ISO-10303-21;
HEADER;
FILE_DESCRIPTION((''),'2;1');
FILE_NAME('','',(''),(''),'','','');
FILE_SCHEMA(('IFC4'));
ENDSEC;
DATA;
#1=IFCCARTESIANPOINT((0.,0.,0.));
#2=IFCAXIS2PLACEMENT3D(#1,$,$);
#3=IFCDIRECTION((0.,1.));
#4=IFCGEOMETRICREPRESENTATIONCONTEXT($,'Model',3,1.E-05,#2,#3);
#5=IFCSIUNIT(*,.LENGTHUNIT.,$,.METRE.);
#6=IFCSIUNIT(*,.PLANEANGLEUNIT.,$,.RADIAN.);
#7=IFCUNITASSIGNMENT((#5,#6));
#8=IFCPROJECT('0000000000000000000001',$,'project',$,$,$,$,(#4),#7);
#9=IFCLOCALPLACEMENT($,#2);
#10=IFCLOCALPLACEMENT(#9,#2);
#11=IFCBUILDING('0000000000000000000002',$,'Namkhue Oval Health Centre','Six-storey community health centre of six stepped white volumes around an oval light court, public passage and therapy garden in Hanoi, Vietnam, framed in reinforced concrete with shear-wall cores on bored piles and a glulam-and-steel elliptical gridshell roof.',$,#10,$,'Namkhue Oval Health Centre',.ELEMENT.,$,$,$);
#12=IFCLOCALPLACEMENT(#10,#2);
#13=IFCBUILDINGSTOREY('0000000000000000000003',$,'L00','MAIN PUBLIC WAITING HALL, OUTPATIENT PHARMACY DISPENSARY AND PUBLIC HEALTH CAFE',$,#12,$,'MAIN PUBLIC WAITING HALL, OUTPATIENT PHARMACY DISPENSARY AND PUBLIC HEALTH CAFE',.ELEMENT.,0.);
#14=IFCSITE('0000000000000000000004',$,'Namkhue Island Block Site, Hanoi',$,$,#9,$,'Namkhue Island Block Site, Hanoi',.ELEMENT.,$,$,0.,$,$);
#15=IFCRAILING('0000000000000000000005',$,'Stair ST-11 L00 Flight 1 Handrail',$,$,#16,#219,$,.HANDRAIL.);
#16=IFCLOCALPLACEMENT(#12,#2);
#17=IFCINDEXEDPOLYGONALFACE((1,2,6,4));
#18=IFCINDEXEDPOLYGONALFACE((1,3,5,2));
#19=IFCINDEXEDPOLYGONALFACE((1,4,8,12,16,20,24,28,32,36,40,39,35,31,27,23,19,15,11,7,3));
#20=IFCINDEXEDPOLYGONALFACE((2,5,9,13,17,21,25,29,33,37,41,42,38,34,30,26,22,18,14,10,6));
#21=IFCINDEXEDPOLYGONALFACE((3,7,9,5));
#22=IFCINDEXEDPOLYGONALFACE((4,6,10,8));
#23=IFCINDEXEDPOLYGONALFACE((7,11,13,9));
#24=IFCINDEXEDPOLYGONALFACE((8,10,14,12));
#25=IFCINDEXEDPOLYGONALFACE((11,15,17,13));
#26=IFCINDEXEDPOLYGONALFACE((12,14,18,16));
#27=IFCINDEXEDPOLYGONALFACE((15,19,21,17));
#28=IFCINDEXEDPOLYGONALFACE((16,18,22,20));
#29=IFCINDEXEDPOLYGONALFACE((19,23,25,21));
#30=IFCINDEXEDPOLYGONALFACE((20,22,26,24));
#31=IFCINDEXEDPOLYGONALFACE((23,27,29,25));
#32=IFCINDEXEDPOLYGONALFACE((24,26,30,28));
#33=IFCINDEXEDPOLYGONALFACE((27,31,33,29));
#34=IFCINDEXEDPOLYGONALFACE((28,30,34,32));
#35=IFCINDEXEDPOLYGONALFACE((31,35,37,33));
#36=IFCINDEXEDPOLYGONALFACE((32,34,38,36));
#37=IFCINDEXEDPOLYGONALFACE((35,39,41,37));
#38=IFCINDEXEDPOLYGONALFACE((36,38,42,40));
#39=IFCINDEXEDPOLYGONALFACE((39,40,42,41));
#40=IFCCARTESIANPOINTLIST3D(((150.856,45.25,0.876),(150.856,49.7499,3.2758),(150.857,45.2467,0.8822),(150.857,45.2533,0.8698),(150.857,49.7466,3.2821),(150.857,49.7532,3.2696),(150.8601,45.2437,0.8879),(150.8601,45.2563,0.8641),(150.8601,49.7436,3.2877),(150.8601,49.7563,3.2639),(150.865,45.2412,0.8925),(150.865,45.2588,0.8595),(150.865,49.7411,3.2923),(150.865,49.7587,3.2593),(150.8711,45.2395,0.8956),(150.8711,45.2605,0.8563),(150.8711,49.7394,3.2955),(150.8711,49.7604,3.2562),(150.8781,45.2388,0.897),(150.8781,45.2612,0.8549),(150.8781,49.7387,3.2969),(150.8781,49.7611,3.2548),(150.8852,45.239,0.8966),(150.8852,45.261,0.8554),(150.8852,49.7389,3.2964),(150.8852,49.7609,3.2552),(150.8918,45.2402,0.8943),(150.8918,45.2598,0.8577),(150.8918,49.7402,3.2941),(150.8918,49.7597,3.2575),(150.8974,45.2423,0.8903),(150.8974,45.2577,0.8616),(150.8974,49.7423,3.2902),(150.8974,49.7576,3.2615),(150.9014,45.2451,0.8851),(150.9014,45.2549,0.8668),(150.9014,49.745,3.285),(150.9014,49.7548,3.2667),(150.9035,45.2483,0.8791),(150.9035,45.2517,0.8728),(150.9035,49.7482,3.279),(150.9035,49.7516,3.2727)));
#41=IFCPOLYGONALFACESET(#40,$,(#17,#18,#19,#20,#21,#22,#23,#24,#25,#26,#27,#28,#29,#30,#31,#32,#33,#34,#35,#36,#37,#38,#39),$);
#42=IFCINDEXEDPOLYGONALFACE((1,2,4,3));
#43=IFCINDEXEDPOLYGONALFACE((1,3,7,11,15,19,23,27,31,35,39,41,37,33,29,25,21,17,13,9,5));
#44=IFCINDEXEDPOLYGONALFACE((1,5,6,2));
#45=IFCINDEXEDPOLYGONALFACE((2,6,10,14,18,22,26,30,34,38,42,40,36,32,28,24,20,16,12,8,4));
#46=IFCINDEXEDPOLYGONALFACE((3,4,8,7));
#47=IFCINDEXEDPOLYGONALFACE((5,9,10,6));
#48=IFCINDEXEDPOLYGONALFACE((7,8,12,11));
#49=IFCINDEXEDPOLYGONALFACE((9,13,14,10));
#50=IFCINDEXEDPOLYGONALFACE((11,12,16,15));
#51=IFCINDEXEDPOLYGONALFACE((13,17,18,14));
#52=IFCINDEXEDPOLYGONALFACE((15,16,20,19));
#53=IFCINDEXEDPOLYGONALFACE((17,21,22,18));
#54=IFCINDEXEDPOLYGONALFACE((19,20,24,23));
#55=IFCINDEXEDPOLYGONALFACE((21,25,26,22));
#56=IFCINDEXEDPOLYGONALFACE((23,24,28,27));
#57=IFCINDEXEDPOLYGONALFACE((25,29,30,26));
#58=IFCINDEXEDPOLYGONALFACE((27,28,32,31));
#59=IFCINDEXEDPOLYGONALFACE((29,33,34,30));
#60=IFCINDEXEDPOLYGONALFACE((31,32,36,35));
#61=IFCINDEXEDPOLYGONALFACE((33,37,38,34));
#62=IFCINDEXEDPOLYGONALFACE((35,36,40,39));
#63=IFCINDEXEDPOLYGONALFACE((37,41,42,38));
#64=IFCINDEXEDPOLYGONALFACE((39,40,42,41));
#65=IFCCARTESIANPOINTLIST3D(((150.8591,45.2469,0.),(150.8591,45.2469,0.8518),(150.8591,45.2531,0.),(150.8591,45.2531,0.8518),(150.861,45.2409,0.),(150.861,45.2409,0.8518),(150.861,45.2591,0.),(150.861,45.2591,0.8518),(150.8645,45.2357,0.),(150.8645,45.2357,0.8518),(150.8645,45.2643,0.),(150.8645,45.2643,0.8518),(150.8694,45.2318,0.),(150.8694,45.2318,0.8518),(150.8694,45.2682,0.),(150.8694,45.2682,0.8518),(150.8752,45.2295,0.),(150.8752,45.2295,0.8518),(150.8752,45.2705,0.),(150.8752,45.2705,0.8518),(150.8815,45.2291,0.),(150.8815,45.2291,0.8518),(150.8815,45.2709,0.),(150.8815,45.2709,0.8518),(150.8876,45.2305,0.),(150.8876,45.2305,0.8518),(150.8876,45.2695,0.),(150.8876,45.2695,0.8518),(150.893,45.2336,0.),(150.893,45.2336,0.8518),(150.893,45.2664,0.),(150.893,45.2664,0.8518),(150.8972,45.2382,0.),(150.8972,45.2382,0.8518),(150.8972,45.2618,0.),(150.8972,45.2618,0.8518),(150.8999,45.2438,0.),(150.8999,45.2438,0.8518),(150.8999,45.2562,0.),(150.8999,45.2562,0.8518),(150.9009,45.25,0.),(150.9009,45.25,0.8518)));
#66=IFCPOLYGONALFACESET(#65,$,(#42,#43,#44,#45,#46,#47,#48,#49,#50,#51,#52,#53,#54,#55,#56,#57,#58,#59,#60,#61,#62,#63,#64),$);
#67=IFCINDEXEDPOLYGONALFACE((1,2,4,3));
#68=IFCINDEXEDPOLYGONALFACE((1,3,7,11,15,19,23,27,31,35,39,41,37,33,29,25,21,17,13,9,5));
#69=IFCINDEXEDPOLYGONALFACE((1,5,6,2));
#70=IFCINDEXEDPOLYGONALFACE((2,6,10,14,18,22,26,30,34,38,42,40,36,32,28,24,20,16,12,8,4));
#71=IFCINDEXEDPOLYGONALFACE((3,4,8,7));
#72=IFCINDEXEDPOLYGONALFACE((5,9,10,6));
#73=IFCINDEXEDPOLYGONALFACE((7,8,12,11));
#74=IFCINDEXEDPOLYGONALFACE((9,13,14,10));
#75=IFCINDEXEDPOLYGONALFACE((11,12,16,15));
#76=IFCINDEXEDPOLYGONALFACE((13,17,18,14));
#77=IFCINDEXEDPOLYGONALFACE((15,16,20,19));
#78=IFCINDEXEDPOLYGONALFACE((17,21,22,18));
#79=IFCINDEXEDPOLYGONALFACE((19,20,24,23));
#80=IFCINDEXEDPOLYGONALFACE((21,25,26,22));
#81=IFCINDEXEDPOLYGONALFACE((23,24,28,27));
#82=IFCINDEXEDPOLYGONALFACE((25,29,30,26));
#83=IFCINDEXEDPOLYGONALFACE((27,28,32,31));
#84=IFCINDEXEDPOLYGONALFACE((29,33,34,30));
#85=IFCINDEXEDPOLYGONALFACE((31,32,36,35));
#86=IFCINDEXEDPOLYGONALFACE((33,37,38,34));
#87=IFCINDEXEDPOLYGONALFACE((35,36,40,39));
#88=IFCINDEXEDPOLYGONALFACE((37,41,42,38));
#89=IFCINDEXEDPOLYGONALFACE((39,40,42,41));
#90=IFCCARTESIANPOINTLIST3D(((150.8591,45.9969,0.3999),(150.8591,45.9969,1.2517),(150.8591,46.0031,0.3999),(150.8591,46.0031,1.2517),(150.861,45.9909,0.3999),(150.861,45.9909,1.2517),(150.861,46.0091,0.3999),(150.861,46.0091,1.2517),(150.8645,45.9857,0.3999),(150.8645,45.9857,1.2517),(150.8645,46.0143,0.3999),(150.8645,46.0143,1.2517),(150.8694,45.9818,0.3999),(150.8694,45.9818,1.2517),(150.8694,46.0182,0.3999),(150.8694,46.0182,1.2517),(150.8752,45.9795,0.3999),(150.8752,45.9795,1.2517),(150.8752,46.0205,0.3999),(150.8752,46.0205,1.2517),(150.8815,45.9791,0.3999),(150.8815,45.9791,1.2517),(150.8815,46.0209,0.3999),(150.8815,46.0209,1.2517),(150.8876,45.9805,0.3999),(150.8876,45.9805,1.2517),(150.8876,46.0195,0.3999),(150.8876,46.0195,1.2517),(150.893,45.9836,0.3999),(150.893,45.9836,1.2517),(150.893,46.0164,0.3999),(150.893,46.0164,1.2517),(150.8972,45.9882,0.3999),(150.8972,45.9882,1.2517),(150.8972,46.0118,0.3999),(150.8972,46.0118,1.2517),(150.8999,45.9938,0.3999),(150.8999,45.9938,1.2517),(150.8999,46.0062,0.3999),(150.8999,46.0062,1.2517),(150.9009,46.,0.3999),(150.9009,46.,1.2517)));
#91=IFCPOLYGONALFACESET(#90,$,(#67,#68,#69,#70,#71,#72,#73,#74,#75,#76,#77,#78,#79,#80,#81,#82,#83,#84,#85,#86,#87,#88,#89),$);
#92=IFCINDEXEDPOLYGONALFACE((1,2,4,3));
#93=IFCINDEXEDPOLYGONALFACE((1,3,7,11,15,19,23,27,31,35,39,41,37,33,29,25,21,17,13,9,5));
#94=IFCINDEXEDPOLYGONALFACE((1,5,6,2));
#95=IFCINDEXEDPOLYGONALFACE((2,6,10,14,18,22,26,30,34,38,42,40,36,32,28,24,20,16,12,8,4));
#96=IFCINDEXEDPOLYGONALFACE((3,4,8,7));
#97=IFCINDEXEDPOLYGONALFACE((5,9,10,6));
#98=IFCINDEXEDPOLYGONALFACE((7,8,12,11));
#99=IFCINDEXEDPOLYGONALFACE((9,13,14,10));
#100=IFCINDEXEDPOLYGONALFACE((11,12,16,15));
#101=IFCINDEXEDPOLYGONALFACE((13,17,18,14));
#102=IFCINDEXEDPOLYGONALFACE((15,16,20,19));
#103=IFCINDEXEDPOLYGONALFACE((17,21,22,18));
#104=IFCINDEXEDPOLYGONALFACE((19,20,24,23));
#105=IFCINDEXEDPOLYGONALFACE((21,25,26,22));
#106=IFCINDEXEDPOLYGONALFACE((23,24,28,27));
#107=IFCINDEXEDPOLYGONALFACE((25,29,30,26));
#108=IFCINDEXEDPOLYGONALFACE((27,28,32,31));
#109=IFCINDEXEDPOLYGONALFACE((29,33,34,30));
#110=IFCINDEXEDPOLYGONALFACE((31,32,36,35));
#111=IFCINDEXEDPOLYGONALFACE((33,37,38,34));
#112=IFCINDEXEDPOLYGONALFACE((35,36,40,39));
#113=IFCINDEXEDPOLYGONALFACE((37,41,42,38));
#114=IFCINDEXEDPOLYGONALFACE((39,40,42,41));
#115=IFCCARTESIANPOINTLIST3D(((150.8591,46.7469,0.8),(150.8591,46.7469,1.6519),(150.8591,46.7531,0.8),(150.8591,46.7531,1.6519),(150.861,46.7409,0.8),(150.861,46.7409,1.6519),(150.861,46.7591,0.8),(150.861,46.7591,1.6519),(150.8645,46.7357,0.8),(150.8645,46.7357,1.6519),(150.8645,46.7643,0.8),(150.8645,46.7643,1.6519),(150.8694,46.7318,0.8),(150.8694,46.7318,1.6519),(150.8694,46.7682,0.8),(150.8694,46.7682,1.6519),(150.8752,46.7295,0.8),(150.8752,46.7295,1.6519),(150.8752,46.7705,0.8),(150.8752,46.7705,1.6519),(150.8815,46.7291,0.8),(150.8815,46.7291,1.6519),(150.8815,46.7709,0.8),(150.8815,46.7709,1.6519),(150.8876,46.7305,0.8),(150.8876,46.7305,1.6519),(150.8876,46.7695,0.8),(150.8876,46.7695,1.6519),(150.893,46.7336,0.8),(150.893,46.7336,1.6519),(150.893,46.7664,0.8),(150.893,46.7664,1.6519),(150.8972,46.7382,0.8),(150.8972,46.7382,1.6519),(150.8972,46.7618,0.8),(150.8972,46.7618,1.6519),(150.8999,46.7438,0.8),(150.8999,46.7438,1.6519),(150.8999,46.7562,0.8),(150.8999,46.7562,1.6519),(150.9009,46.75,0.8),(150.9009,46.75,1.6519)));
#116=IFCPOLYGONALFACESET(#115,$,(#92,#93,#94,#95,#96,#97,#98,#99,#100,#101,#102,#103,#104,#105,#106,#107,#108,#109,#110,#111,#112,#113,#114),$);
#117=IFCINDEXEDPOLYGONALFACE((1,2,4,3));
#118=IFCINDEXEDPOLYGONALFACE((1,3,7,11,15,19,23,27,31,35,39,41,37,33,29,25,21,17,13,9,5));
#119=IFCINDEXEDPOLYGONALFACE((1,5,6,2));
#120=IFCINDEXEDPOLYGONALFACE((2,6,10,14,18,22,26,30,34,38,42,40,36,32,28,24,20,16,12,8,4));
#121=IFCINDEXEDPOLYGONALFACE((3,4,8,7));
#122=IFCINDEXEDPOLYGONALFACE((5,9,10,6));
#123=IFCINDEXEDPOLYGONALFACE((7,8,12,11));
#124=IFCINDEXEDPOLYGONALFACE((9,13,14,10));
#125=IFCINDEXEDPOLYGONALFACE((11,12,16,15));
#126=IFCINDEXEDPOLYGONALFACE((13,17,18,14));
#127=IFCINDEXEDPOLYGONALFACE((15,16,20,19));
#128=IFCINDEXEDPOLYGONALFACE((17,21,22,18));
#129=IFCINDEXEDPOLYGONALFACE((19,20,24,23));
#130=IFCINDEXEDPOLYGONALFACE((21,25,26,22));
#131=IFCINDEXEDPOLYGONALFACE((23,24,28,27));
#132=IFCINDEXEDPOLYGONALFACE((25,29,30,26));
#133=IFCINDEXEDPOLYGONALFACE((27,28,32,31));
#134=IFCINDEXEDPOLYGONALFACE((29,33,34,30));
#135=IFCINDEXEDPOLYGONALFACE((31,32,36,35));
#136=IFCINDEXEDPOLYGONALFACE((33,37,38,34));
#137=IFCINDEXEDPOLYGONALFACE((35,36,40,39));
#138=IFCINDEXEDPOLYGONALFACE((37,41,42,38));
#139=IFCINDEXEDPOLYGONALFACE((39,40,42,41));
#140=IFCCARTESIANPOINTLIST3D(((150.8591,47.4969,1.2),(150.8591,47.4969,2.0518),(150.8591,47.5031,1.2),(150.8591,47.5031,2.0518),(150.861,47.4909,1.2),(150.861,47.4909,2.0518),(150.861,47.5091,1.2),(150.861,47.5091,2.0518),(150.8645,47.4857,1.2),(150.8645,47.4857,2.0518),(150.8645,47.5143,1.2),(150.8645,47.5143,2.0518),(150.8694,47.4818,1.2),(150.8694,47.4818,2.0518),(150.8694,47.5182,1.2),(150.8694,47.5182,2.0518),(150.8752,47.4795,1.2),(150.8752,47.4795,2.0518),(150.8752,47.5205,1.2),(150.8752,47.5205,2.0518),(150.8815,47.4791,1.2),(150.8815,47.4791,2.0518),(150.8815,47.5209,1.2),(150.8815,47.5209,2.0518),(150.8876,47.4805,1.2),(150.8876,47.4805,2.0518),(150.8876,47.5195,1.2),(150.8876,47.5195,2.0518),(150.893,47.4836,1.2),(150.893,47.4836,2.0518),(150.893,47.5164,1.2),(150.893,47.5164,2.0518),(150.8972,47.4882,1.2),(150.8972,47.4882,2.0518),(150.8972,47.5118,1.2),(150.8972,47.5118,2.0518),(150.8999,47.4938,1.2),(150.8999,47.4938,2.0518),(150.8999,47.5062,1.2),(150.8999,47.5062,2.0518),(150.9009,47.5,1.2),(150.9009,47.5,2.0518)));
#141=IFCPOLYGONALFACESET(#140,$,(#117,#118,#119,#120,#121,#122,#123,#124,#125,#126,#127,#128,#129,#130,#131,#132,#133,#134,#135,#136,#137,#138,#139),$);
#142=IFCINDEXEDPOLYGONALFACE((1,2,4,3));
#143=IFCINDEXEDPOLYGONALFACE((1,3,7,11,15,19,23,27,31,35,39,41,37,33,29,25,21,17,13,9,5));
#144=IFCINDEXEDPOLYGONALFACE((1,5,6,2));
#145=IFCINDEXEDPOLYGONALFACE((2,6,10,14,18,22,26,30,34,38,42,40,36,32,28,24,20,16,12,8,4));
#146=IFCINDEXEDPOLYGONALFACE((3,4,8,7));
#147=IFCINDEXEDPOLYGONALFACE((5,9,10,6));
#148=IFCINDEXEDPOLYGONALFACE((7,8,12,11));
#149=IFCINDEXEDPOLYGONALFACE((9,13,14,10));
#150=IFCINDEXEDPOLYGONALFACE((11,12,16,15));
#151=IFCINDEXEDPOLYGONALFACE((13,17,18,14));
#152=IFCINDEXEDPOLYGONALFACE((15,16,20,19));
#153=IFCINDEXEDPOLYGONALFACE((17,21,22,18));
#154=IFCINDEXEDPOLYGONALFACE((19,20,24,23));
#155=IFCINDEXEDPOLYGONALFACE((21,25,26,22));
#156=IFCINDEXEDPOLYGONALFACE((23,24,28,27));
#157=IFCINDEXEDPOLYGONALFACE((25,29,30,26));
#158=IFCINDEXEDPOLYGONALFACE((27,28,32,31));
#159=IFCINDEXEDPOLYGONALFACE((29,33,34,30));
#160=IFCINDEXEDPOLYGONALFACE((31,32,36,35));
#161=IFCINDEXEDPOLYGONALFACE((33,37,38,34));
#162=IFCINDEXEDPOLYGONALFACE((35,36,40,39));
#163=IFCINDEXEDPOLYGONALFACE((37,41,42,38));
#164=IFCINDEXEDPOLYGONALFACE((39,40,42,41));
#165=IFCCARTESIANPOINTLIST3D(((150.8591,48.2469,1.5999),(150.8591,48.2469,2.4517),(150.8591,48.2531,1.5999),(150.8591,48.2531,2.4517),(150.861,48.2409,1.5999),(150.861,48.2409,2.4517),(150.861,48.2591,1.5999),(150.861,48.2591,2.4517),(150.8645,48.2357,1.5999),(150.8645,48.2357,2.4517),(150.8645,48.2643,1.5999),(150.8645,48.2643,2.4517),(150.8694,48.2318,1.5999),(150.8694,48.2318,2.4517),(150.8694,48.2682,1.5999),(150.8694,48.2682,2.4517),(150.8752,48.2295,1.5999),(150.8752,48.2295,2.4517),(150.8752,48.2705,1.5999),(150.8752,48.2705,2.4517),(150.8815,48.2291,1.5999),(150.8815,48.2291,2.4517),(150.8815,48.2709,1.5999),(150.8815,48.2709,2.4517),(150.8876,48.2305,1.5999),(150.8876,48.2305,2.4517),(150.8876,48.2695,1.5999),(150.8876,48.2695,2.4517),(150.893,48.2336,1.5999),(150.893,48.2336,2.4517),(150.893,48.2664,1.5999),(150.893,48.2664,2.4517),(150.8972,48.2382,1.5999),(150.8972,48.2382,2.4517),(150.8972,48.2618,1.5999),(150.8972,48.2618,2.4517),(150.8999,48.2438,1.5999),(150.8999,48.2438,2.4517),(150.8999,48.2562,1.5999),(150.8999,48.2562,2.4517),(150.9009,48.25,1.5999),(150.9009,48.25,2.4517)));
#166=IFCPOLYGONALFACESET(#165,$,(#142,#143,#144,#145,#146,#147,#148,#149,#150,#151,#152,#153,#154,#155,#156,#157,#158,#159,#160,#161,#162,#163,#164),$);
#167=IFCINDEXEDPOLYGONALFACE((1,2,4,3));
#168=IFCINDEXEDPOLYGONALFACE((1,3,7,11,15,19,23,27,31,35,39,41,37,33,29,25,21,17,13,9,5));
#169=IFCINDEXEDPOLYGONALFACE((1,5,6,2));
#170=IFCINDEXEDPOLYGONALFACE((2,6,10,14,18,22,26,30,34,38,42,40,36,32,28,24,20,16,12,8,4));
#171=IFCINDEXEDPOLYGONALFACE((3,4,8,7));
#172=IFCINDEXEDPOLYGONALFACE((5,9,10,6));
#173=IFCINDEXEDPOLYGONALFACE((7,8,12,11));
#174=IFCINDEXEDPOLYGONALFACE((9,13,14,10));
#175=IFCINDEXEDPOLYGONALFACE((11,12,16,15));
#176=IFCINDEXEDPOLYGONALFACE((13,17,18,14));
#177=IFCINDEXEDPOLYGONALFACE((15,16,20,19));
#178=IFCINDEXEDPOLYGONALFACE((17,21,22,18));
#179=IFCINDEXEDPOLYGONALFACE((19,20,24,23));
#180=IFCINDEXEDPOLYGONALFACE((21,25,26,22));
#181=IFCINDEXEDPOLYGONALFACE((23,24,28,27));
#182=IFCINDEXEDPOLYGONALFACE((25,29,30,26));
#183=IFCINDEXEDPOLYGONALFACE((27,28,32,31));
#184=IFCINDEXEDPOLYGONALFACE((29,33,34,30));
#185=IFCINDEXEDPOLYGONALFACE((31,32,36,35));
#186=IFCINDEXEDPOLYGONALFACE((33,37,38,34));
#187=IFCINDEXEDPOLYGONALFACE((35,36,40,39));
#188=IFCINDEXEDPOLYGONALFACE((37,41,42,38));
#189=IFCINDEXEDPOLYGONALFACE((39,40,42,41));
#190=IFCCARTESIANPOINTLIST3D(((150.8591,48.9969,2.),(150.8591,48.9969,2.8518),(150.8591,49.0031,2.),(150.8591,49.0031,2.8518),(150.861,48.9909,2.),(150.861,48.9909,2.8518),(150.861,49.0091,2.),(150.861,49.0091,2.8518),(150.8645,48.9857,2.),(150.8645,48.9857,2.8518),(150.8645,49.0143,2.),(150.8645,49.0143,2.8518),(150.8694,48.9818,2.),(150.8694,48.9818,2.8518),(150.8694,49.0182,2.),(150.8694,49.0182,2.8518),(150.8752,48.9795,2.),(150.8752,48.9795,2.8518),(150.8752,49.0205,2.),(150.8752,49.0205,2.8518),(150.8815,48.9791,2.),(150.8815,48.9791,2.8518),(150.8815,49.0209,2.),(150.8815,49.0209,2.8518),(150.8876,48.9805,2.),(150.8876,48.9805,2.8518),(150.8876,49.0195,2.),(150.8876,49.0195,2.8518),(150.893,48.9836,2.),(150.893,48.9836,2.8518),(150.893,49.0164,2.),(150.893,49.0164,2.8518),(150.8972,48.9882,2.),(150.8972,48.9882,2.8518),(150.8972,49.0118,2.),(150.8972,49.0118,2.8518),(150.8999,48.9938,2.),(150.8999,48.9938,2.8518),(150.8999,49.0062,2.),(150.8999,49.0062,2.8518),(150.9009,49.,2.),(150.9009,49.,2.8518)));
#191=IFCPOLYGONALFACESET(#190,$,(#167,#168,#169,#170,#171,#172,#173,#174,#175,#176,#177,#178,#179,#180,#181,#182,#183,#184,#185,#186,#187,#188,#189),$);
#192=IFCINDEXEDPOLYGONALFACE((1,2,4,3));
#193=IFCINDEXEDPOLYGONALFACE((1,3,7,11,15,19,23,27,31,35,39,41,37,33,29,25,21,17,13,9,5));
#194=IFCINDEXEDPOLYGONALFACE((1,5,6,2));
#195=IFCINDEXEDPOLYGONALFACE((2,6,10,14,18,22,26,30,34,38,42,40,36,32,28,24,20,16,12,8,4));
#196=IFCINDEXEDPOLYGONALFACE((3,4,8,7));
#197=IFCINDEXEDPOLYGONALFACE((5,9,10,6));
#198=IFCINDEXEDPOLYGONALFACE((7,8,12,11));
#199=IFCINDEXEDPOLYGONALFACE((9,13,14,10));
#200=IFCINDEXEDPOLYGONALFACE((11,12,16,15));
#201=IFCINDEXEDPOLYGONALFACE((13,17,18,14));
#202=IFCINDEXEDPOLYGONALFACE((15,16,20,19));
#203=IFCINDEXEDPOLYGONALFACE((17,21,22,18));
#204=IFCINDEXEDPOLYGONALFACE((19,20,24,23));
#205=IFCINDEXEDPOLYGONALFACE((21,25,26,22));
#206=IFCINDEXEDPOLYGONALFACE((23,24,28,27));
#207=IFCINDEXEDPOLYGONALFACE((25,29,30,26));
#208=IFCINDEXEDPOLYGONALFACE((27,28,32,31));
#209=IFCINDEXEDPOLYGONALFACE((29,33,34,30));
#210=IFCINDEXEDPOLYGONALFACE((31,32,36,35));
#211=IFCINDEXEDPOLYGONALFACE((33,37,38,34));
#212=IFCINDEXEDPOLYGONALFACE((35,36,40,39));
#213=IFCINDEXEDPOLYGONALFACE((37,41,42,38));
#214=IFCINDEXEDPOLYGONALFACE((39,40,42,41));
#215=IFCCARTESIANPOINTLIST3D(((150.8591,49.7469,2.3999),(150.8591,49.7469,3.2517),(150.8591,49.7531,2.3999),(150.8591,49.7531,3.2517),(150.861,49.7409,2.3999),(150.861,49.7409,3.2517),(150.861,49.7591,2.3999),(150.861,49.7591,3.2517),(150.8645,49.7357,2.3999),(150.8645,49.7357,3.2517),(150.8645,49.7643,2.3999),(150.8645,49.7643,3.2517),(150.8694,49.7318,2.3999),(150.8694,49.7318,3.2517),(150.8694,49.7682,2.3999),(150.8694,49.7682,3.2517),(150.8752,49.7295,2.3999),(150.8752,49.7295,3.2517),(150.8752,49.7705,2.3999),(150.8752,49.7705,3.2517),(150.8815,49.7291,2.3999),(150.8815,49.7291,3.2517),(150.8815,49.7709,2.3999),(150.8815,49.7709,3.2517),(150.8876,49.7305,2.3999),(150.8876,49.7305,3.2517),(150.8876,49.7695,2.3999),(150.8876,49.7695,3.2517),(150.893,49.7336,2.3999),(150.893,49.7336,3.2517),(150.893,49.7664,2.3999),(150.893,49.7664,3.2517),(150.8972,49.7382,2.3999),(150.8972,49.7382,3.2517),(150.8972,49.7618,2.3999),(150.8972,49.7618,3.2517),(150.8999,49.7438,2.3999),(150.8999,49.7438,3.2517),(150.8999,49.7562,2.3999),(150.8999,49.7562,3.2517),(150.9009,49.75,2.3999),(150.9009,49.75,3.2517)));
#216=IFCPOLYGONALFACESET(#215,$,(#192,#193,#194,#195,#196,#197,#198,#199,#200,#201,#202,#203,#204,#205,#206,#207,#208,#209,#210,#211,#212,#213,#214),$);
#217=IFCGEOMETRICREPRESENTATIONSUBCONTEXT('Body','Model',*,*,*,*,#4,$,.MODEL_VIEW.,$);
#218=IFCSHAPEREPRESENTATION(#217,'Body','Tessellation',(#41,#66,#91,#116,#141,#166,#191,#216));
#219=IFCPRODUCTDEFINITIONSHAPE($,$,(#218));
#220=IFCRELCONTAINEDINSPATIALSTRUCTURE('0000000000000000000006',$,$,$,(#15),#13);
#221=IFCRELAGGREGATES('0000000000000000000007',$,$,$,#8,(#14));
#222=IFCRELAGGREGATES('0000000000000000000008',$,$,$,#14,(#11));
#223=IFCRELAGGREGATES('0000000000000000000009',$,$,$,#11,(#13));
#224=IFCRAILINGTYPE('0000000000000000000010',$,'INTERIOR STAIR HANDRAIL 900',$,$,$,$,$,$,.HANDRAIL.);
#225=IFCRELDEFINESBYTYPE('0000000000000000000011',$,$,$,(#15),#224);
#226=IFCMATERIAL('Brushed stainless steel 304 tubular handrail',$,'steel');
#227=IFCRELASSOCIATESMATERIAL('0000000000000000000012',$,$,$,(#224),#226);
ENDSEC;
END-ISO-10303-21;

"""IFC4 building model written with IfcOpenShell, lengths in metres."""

from ifc_helpers import new_model, si_unit, direction, frame, origin, origin_2d, place, context, subcontext, project, spatial, circle, extrude, material, type_object, element, save


model = new_model("IFC4")

# Units and contexts
model_context = context("Model", 3, precision=1e-05, world=origin(), true_north=direction((0.0, 1.0)))
body_context = subcontext(model_context, "Body", "Model", "MODEL_VIEW")
ifc_project = project(units=[si_unit("LENGTHUNIT", "METRE"), si_unit("PLANEANGLEUNIT", "RADIAN")], contexts=[model_context])

# Site, building, storey
site_placement = place(None, origin())
site = spatial("IfcSite", under=ifc_project, at=site_placement, Name="Namkhue Island Block Site, Hanoi", LongName="Namkhue Island Block Site, Hanoi", CompositionType="ELEMENT", RefElevation=0.0)
building_placement = place(site_placement, origin())
building = spatial("IfcBuilding", under=site, at=building_placement, Name="Namkhue Oval Health Centre", Description="Six-storey community health centre of six stepped white volumes around an oval light court, public passage and therapy garden in Hanoi, Vietnam, framed in reinforced concrete with shear-wall cores on bored piles and a glulam-and-steel elliptical gridshell roof.", LongName="Namkhue Oval Health Centre", CompositionType="ELEMENT")
storey_placement = place(building_placement, origin())
storey = spatial("IfcBuildingStorey", under=building, at=storey_placement, Name="L00", Description="MAIN PUBLIC WAITING HALL, OUTPATIENT PHARMACY DISPENSARY AND PUBLIC HEALTH CAFE", LongName="MAIN PUBLIC WAITING HALL, OUTPATIENT PHARMACY DISPENSARY AND PUBLIC HEALTH CAFE", CompositionType="ELEMENT", Elevation=0.0)

# Railing
ifc_material_1 = material(Name="Brushed stainless steel 304 tubular handrail", Category="steel")
railing_type = type_object("IfcRailingType", Name="INTERIOR STAIR HANDRAIL 900", PredefinedType="HANDRAIL", material=ifc_material_1)
railing_placement = place(storey_placement, frame((150.8799, 45.25, 0.0)))
element("IfcRailing", 1, at=railing_placement, inside=storey, type_object=railing_type, Name="Stair ST-11 L00 Flight 1 Handrail", PredefinedType="HANDRAIL", context=body_context, shape_type="SweptSolid", body=[
    extrude(circle(Radius=0.0239, at=origin_2d()), frame((0.0, 0.0, 0.876), z_axis=(0.0, 0.882361, 0.470573), x_axis=(-1.0, 0.0, 0.0)), (0.0, 0.0, 1.0), 5.0999),
    extrude(circle(Radius=0.021, at=origin_2d()), origin(), (0.0, 0.0, 1.0), 0.8518),
    extrude(circle(Radius=0.021, at=origin_2d()), frame((0.0, 0.75, 0.3999)), (0.0, 0.0, 1.0), 0.8518),
    extrude(circle(Radius=0.021, at=origin_2d()), frame((0.0, 1.5, 0.8)), (0.0, 0.0, 1.0), 0.8518),
    extrude(circle(Radius=0.021, at=origin_2d()), frame((0.0, 2.25, 1.2)), (0.0, 0.0, 1.0), 0.8518),
    extrude(circle(Radius=0.021, at=origin_2d()), frame((0.0, 3.0, 1.5999)), (0.0, 0.0, 1.0), 0.8518),
    extrude(circle(Radius=0.021, at=origin_2d()), frame((0.0, 3.75, 2.0)), (0.0, 0.0, 1.0), 0.8518),
    extrude(circle(Radius=0.021, at=origin_2d()), frame((0.0, 4.5, 2.3999)), (0.0, 0.0, 1.0), 0.8518),
])

save(model, "model.ifc")
